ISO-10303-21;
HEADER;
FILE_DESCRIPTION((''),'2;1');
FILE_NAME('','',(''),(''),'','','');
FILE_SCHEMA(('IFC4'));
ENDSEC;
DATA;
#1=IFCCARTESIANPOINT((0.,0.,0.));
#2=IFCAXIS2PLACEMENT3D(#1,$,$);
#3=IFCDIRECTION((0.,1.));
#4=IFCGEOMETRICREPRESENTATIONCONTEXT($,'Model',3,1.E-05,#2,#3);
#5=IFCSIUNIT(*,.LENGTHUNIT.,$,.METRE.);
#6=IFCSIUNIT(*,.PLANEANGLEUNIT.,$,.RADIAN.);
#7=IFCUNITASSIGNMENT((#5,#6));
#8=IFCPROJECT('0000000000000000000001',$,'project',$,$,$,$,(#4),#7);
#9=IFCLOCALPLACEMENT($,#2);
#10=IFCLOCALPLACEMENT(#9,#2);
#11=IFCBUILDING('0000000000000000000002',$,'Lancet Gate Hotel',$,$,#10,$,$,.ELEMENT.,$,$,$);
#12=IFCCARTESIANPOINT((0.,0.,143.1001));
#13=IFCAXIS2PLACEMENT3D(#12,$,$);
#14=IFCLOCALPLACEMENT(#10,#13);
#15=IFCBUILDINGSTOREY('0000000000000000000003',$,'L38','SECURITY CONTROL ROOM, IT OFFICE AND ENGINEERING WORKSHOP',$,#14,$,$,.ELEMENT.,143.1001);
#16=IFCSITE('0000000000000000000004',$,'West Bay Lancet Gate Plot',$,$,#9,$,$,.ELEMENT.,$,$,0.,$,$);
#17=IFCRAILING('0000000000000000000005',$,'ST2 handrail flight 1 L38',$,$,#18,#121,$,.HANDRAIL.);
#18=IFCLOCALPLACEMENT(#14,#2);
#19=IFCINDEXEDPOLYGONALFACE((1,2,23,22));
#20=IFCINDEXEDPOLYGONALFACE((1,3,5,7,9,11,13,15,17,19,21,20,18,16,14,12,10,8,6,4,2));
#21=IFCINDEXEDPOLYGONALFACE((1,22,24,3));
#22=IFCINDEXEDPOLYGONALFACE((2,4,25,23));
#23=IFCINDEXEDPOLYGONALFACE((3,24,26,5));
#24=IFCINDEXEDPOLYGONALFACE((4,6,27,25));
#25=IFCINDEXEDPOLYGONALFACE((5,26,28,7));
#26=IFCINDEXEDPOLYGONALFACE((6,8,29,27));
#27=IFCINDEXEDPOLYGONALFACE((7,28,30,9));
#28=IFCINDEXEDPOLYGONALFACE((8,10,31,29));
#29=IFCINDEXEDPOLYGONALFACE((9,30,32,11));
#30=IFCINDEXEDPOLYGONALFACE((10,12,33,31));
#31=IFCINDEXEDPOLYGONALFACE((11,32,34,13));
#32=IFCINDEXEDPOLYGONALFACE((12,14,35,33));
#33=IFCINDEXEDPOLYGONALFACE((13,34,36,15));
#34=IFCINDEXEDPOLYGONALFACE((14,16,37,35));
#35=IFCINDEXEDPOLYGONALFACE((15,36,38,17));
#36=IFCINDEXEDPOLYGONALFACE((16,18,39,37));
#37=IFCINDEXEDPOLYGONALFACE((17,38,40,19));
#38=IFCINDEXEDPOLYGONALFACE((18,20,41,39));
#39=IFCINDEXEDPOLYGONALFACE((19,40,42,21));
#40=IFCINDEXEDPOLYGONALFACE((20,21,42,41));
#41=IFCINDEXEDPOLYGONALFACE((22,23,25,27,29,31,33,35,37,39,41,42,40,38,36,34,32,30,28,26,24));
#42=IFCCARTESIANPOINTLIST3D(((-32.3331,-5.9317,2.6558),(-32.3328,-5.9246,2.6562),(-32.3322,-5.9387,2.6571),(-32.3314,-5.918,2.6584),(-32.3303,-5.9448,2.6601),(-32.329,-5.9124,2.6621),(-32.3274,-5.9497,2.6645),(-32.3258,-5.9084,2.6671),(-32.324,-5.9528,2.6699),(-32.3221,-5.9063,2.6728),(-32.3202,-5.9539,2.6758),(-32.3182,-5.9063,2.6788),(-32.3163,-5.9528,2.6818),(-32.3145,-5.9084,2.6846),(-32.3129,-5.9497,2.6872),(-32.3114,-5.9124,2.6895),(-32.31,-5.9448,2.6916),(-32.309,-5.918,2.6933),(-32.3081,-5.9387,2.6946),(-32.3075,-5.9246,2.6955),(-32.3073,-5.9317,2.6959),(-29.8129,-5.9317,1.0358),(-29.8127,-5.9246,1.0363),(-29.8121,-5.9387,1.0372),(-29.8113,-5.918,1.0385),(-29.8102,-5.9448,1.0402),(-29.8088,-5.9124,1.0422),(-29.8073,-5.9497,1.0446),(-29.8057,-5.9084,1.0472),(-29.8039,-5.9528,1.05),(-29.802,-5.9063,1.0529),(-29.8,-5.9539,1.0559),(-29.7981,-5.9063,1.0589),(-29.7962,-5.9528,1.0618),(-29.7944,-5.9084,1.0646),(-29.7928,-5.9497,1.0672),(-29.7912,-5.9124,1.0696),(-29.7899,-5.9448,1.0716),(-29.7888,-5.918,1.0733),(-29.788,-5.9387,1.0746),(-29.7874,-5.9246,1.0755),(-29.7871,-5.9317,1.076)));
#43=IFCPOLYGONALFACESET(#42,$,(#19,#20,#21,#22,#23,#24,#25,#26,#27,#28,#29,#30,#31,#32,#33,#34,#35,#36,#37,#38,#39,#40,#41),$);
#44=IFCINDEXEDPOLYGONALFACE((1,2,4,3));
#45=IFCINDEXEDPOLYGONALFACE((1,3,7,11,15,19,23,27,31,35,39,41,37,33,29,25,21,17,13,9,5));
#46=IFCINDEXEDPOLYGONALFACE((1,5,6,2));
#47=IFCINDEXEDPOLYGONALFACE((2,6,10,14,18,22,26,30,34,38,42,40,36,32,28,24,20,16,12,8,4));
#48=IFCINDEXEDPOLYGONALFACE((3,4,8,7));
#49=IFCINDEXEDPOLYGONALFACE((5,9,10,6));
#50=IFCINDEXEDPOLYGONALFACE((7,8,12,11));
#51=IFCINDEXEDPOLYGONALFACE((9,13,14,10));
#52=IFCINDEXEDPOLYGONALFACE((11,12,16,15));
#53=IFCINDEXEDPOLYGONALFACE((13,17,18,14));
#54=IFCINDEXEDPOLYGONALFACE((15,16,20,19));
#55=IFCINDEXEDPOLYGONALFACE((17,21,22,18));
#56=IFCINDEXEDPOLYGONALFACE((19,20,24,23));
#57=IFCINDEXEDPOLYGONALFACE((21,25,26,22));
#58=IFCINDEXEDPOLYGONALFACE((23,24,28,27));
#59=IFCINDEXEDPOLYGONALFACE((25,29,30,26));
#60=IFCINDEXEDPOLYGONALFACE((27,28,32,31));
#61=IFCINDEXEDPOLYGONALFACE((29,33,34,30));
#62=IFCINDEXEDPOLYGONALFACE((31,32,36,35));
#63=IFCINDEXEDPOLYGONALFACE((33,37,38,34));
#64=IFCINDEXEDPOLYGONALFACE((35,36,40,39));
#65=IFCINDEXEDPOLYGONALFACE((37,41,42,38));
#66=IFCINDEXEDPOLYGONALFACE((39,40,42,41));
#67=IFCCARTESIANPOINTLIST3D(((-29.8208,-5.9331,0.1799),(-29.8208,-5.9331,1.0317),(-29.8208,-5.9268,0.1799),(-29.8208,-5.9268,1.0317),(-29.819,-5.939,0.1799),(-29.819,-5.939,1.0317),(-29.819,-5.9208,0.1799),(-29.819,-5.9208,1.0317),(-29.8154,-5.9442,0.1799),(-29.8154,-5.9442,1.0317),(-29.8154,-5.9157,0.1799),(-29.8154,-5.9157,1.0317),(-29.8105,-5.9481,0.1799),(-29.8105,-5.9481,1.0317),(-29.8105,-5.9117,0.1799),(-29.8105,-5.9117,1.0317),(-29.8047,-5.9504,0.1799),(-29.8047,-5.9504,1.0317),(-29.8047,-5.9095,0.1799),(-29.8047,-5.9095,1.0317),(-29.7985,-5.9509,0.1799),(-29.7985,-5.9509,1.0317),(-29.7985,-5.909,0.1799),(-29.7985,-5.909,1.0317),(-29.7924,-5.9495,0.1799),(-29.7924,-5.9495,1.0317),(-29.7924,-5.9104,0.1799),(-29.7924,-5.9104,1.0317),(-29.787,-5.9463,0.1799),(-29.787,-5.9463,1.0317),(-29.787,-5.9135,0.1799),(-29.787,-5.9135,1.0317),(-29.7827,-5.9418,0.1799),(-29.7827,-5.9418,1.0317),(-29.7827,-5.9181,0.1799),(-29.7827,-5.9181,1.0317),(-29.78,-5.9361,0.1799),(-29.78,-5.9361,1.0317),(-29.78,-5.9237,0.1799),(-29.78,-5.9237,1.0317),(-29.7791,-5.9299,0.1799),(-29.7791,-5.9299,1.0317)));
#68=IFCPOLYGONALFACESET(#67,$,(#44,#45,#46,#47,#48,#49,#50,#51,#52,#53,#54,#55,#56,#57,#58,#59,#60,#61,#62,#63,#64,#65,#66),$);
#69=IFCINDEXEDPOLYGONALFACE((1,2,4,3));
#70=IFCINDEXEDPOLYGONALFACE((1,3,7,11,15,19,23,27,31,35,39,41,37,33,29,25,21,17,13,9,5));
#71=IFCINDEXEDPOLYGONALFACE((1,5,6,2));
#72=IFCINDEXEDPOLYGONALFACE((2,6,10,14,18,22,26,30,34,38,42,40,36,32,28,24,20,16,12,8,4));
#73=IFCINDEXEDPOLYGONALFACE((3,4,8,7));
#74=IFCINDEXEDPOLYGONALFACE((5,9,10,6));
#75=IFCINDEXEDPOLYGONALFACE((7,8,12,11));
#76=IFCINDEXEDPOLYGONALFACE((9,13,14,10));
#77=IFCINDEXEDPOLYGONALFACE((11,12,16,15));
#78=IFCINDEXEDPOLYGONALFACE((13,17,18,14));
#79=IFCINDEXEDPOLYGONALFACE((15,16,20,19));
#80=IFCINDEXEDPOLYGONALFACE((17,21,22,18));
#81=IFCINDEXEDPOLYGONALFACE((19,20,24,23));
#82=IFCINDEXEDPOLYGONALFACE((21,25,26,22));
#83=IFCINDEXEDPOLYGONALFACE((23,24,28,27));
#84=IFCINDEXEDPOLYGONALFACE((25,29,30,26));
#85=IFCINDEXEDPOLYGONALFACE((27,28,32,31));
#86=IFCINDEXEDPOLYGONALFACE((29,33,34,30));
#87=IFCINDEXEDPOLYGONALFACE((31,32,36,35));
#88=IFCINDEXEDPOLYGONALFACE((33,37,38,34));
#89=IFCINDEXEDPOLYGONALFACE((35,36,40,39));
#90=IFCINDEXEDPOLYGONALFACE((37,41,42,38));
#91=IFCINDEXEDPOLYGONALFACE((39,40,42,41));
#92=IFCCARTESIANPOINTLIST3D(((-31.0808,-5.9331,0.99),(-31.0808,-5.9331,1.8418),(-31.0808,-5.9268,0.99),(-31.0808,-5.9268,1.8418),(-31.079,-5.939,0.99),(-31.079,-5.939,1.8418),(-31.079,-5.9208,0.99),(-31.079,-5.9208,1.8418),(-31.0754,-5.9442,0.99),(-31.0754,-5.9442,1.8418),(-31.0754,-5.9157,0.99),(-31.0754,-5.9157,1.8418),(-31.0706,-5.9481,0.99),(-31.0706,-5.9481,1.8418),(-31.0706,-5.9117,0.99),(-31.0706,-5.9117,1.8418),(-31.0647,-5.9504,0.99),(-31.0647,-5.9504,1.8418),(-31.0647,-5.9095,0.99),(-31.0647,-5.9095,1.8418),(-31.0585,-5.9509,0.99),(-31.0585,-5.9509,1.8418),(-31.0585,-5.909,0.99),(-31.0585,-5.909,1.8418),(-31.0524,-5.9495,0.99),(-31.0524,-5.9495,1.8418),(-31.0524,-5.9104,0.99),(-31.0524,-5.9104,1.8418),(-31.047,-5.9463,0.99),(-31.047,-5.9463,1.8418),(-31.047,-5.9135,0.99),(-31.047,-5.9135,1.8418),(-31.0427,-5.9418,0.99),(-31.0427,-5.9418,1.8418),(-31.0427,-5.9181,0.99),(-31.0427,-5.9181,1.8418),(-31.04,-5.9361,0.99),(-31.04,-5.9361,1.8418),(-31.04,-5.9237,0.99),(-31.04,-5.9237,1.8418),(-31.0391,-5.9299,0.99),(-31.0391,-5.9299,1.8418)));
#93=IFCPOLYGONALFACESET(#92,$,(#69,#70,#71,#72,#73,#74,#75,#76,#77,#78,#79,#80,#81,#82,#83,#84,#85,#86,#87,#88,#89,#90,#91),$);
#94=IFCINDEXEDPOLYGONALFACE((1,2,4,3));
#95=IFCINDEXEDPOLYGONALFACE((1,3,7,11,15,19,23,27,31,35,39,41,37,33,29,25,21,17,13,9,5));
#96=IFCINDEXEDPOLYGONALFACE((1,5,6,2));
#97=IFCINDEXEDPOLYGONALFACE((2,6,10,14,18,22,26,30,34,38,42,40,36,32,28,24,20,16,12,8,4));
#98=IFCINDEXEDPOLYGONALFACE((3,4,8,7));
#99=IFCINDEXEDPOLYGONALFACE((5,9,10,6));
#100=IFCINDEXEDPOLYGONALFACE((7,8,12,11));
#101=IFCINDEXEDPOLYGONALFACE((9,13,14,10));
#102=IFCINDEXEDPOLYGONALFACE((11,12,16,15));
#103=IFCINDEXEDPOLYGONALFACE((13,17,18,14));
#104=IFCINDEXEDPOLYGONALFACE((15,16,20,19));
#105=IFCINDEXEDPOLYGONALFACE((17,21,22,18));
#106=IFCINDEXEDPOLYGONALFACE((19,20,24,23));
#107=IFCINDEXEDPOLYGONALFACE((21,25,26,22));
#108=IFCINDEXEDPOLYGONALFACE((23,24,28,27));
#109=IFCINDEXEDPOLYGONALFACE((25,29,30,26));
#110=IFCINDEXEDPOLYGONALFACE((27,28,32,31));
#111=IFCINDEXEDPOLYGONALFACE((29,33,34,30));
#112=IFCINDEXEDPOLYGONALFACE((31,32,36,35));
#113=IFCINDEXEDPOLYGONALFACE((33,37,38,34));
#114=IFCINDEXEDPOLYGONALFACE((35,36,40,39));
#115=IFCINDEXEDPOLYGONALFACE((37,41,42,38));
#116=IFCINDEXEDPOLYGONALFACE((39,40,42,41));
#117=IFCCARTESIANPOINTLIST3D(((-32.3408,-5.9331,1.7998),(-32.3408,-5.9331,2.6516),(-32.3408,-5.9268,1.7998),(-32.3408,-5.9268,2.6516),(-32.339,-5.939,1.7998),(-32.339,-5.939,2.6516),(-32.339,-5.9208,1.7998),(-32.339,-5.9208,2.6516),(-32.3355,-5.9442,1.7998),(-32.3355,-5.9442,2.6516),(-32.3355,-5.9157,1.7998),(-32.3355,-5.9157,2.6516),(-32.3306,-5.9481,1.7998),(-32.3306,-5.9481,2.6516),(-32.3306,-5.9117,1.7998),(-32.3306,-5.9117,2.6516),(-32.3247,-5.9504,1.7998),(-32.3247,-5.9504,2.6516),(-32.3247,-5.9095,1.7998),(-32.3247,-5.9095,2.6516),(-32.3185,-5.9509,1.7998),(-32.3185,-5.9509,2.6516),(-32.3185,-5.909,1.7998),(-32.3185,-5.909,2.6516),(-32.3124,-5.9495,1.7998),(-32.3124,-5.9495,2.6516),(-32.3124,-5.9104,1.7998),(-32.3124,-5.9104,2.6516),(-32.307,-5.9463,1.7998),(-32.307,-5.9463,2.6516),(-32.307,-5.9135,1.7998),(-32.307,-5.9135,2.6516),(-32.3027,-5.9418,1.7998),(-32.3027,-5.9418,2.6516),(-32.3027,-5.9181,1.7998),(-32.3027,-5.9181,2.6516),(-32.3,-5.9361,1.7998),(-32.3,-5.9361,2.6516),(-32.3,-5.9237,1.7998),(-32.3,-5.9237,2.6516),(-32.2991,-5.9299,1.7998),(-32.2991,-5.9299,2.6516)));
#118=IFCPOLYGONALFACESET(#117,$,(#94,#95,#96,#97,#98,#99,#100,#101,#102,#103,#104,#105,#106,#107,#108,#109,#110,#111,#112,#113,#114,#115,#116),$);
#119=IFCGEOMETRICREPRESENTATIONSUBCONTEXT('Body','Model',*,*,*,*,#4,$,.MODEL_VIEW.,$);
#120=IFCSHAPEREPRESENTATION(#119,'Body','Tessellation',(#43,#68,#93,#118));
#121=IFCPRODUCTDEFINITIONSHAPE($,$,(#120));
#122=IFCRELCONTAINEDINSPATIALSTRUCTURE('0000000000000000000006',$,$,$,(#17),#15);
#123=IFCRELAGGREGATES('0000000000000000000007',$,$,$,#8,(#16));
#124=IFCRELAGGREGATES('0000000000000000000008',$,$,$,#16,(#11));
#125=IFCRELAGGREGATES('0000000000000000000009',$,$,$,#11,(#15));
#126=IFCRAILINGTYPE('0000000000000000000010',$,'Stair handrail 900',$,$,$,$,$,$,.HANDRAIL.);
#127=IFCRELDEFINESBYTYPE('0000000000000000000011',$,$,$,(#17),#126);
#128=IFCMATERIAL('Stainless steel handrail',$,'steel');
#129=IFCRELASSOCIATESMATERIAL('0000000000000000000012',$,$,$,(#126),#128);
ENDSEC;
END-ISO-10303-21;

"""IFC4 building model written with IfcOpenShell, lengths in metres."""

from ifc_helpers import new_model, si_unit, direction, frame, origin, origin_2d, place, context, subcontext, project, spatial, circle, extrude, material, type_object, element, save


model = new_model("IFC4")

# Units and contexts
model_context = context("Model", 3, precision=1e-05, world=origin(), true_north=direction((0.0, 1.0)))
body_context = subcontext(model_context, "Body", "Model", "MODEL_VIEW")
ifc_project = project(units=[si_unit("LENGTHUNIT", "METRE"), si_unit("PLANEANGLEUNIT", "RADIAN")], contexts=[model_context])

# Site, building, storey
site_placement = place(None, origin())
site = spatial("IfcSite", under=ifc_project, at=site_placement, Name="West Bay Lancet Gate Plot", CompositionType="ELEMENT", RefElevation=0.0)
building_placement = place(site_placement, origin())
building = spatial("IfcBuilding", under=site, at=building_placement, Name="Lancet Gate Hotel", CompositionType="ELEMENT")
storey_placement = place(building_placement, frame((0.0, 0.0, 143.1001)))
storey = spatial("IfcBuildingStorey", under=building, at=storey_placement, Name="L38", Description="SECURITY CONTROL ROOM, IT OFFICE AND ENGINEERING WORKSHOP", CompositionType="ELEMENT", Elevation=143.1001)

# Railing
ifc_material_1 = material(Name="Stainless steel handrail", Category="steel")
railing_type = type_object("IfcRailingType", Name="Stair handrail 900", PredefinedType="HANDRAIL", material=ifc_material_1)
railing_1_placement = place(storey_placement, frame((-29.8, -5.9299, 0.1799)))
element("IfcRailing", 1, at=railing_1_placement, inside=storey, type_object=railing_type, Name="ST2 handrail flight 1 L38", PredefinedType="HANDRAIL", context=body_context, shape_type="SweptSolid", body=[
    extrude(circle(Radius=0.0239, at=origin_2d()), frame((0.0, 0.0, 0.876), z_axis=(-0.8412, 0.0, 0.540725), x_axis=(0.0, -1.0, 0.0)), (0.0, 0.0, 1.0), 2.9958),
    extrude(circle(Radius=0.021, at=origin_2d()), origin(), (0.0, 0.0, 1.0), 0.8518),
    extrude(circle(Radius=0.021, at=origin_2d()), frame((-1.26, 0.0, 0.8101)), (0.0, 0.0, 1.0), 0.8518),
    extrude(circle(Radius=0.021, at=origin_2d()), frame((-2.52, 0.0, 1.6199)), (0.0, 0.0, 1.0), 0.8518),
])

save(model, "model.ifc")
